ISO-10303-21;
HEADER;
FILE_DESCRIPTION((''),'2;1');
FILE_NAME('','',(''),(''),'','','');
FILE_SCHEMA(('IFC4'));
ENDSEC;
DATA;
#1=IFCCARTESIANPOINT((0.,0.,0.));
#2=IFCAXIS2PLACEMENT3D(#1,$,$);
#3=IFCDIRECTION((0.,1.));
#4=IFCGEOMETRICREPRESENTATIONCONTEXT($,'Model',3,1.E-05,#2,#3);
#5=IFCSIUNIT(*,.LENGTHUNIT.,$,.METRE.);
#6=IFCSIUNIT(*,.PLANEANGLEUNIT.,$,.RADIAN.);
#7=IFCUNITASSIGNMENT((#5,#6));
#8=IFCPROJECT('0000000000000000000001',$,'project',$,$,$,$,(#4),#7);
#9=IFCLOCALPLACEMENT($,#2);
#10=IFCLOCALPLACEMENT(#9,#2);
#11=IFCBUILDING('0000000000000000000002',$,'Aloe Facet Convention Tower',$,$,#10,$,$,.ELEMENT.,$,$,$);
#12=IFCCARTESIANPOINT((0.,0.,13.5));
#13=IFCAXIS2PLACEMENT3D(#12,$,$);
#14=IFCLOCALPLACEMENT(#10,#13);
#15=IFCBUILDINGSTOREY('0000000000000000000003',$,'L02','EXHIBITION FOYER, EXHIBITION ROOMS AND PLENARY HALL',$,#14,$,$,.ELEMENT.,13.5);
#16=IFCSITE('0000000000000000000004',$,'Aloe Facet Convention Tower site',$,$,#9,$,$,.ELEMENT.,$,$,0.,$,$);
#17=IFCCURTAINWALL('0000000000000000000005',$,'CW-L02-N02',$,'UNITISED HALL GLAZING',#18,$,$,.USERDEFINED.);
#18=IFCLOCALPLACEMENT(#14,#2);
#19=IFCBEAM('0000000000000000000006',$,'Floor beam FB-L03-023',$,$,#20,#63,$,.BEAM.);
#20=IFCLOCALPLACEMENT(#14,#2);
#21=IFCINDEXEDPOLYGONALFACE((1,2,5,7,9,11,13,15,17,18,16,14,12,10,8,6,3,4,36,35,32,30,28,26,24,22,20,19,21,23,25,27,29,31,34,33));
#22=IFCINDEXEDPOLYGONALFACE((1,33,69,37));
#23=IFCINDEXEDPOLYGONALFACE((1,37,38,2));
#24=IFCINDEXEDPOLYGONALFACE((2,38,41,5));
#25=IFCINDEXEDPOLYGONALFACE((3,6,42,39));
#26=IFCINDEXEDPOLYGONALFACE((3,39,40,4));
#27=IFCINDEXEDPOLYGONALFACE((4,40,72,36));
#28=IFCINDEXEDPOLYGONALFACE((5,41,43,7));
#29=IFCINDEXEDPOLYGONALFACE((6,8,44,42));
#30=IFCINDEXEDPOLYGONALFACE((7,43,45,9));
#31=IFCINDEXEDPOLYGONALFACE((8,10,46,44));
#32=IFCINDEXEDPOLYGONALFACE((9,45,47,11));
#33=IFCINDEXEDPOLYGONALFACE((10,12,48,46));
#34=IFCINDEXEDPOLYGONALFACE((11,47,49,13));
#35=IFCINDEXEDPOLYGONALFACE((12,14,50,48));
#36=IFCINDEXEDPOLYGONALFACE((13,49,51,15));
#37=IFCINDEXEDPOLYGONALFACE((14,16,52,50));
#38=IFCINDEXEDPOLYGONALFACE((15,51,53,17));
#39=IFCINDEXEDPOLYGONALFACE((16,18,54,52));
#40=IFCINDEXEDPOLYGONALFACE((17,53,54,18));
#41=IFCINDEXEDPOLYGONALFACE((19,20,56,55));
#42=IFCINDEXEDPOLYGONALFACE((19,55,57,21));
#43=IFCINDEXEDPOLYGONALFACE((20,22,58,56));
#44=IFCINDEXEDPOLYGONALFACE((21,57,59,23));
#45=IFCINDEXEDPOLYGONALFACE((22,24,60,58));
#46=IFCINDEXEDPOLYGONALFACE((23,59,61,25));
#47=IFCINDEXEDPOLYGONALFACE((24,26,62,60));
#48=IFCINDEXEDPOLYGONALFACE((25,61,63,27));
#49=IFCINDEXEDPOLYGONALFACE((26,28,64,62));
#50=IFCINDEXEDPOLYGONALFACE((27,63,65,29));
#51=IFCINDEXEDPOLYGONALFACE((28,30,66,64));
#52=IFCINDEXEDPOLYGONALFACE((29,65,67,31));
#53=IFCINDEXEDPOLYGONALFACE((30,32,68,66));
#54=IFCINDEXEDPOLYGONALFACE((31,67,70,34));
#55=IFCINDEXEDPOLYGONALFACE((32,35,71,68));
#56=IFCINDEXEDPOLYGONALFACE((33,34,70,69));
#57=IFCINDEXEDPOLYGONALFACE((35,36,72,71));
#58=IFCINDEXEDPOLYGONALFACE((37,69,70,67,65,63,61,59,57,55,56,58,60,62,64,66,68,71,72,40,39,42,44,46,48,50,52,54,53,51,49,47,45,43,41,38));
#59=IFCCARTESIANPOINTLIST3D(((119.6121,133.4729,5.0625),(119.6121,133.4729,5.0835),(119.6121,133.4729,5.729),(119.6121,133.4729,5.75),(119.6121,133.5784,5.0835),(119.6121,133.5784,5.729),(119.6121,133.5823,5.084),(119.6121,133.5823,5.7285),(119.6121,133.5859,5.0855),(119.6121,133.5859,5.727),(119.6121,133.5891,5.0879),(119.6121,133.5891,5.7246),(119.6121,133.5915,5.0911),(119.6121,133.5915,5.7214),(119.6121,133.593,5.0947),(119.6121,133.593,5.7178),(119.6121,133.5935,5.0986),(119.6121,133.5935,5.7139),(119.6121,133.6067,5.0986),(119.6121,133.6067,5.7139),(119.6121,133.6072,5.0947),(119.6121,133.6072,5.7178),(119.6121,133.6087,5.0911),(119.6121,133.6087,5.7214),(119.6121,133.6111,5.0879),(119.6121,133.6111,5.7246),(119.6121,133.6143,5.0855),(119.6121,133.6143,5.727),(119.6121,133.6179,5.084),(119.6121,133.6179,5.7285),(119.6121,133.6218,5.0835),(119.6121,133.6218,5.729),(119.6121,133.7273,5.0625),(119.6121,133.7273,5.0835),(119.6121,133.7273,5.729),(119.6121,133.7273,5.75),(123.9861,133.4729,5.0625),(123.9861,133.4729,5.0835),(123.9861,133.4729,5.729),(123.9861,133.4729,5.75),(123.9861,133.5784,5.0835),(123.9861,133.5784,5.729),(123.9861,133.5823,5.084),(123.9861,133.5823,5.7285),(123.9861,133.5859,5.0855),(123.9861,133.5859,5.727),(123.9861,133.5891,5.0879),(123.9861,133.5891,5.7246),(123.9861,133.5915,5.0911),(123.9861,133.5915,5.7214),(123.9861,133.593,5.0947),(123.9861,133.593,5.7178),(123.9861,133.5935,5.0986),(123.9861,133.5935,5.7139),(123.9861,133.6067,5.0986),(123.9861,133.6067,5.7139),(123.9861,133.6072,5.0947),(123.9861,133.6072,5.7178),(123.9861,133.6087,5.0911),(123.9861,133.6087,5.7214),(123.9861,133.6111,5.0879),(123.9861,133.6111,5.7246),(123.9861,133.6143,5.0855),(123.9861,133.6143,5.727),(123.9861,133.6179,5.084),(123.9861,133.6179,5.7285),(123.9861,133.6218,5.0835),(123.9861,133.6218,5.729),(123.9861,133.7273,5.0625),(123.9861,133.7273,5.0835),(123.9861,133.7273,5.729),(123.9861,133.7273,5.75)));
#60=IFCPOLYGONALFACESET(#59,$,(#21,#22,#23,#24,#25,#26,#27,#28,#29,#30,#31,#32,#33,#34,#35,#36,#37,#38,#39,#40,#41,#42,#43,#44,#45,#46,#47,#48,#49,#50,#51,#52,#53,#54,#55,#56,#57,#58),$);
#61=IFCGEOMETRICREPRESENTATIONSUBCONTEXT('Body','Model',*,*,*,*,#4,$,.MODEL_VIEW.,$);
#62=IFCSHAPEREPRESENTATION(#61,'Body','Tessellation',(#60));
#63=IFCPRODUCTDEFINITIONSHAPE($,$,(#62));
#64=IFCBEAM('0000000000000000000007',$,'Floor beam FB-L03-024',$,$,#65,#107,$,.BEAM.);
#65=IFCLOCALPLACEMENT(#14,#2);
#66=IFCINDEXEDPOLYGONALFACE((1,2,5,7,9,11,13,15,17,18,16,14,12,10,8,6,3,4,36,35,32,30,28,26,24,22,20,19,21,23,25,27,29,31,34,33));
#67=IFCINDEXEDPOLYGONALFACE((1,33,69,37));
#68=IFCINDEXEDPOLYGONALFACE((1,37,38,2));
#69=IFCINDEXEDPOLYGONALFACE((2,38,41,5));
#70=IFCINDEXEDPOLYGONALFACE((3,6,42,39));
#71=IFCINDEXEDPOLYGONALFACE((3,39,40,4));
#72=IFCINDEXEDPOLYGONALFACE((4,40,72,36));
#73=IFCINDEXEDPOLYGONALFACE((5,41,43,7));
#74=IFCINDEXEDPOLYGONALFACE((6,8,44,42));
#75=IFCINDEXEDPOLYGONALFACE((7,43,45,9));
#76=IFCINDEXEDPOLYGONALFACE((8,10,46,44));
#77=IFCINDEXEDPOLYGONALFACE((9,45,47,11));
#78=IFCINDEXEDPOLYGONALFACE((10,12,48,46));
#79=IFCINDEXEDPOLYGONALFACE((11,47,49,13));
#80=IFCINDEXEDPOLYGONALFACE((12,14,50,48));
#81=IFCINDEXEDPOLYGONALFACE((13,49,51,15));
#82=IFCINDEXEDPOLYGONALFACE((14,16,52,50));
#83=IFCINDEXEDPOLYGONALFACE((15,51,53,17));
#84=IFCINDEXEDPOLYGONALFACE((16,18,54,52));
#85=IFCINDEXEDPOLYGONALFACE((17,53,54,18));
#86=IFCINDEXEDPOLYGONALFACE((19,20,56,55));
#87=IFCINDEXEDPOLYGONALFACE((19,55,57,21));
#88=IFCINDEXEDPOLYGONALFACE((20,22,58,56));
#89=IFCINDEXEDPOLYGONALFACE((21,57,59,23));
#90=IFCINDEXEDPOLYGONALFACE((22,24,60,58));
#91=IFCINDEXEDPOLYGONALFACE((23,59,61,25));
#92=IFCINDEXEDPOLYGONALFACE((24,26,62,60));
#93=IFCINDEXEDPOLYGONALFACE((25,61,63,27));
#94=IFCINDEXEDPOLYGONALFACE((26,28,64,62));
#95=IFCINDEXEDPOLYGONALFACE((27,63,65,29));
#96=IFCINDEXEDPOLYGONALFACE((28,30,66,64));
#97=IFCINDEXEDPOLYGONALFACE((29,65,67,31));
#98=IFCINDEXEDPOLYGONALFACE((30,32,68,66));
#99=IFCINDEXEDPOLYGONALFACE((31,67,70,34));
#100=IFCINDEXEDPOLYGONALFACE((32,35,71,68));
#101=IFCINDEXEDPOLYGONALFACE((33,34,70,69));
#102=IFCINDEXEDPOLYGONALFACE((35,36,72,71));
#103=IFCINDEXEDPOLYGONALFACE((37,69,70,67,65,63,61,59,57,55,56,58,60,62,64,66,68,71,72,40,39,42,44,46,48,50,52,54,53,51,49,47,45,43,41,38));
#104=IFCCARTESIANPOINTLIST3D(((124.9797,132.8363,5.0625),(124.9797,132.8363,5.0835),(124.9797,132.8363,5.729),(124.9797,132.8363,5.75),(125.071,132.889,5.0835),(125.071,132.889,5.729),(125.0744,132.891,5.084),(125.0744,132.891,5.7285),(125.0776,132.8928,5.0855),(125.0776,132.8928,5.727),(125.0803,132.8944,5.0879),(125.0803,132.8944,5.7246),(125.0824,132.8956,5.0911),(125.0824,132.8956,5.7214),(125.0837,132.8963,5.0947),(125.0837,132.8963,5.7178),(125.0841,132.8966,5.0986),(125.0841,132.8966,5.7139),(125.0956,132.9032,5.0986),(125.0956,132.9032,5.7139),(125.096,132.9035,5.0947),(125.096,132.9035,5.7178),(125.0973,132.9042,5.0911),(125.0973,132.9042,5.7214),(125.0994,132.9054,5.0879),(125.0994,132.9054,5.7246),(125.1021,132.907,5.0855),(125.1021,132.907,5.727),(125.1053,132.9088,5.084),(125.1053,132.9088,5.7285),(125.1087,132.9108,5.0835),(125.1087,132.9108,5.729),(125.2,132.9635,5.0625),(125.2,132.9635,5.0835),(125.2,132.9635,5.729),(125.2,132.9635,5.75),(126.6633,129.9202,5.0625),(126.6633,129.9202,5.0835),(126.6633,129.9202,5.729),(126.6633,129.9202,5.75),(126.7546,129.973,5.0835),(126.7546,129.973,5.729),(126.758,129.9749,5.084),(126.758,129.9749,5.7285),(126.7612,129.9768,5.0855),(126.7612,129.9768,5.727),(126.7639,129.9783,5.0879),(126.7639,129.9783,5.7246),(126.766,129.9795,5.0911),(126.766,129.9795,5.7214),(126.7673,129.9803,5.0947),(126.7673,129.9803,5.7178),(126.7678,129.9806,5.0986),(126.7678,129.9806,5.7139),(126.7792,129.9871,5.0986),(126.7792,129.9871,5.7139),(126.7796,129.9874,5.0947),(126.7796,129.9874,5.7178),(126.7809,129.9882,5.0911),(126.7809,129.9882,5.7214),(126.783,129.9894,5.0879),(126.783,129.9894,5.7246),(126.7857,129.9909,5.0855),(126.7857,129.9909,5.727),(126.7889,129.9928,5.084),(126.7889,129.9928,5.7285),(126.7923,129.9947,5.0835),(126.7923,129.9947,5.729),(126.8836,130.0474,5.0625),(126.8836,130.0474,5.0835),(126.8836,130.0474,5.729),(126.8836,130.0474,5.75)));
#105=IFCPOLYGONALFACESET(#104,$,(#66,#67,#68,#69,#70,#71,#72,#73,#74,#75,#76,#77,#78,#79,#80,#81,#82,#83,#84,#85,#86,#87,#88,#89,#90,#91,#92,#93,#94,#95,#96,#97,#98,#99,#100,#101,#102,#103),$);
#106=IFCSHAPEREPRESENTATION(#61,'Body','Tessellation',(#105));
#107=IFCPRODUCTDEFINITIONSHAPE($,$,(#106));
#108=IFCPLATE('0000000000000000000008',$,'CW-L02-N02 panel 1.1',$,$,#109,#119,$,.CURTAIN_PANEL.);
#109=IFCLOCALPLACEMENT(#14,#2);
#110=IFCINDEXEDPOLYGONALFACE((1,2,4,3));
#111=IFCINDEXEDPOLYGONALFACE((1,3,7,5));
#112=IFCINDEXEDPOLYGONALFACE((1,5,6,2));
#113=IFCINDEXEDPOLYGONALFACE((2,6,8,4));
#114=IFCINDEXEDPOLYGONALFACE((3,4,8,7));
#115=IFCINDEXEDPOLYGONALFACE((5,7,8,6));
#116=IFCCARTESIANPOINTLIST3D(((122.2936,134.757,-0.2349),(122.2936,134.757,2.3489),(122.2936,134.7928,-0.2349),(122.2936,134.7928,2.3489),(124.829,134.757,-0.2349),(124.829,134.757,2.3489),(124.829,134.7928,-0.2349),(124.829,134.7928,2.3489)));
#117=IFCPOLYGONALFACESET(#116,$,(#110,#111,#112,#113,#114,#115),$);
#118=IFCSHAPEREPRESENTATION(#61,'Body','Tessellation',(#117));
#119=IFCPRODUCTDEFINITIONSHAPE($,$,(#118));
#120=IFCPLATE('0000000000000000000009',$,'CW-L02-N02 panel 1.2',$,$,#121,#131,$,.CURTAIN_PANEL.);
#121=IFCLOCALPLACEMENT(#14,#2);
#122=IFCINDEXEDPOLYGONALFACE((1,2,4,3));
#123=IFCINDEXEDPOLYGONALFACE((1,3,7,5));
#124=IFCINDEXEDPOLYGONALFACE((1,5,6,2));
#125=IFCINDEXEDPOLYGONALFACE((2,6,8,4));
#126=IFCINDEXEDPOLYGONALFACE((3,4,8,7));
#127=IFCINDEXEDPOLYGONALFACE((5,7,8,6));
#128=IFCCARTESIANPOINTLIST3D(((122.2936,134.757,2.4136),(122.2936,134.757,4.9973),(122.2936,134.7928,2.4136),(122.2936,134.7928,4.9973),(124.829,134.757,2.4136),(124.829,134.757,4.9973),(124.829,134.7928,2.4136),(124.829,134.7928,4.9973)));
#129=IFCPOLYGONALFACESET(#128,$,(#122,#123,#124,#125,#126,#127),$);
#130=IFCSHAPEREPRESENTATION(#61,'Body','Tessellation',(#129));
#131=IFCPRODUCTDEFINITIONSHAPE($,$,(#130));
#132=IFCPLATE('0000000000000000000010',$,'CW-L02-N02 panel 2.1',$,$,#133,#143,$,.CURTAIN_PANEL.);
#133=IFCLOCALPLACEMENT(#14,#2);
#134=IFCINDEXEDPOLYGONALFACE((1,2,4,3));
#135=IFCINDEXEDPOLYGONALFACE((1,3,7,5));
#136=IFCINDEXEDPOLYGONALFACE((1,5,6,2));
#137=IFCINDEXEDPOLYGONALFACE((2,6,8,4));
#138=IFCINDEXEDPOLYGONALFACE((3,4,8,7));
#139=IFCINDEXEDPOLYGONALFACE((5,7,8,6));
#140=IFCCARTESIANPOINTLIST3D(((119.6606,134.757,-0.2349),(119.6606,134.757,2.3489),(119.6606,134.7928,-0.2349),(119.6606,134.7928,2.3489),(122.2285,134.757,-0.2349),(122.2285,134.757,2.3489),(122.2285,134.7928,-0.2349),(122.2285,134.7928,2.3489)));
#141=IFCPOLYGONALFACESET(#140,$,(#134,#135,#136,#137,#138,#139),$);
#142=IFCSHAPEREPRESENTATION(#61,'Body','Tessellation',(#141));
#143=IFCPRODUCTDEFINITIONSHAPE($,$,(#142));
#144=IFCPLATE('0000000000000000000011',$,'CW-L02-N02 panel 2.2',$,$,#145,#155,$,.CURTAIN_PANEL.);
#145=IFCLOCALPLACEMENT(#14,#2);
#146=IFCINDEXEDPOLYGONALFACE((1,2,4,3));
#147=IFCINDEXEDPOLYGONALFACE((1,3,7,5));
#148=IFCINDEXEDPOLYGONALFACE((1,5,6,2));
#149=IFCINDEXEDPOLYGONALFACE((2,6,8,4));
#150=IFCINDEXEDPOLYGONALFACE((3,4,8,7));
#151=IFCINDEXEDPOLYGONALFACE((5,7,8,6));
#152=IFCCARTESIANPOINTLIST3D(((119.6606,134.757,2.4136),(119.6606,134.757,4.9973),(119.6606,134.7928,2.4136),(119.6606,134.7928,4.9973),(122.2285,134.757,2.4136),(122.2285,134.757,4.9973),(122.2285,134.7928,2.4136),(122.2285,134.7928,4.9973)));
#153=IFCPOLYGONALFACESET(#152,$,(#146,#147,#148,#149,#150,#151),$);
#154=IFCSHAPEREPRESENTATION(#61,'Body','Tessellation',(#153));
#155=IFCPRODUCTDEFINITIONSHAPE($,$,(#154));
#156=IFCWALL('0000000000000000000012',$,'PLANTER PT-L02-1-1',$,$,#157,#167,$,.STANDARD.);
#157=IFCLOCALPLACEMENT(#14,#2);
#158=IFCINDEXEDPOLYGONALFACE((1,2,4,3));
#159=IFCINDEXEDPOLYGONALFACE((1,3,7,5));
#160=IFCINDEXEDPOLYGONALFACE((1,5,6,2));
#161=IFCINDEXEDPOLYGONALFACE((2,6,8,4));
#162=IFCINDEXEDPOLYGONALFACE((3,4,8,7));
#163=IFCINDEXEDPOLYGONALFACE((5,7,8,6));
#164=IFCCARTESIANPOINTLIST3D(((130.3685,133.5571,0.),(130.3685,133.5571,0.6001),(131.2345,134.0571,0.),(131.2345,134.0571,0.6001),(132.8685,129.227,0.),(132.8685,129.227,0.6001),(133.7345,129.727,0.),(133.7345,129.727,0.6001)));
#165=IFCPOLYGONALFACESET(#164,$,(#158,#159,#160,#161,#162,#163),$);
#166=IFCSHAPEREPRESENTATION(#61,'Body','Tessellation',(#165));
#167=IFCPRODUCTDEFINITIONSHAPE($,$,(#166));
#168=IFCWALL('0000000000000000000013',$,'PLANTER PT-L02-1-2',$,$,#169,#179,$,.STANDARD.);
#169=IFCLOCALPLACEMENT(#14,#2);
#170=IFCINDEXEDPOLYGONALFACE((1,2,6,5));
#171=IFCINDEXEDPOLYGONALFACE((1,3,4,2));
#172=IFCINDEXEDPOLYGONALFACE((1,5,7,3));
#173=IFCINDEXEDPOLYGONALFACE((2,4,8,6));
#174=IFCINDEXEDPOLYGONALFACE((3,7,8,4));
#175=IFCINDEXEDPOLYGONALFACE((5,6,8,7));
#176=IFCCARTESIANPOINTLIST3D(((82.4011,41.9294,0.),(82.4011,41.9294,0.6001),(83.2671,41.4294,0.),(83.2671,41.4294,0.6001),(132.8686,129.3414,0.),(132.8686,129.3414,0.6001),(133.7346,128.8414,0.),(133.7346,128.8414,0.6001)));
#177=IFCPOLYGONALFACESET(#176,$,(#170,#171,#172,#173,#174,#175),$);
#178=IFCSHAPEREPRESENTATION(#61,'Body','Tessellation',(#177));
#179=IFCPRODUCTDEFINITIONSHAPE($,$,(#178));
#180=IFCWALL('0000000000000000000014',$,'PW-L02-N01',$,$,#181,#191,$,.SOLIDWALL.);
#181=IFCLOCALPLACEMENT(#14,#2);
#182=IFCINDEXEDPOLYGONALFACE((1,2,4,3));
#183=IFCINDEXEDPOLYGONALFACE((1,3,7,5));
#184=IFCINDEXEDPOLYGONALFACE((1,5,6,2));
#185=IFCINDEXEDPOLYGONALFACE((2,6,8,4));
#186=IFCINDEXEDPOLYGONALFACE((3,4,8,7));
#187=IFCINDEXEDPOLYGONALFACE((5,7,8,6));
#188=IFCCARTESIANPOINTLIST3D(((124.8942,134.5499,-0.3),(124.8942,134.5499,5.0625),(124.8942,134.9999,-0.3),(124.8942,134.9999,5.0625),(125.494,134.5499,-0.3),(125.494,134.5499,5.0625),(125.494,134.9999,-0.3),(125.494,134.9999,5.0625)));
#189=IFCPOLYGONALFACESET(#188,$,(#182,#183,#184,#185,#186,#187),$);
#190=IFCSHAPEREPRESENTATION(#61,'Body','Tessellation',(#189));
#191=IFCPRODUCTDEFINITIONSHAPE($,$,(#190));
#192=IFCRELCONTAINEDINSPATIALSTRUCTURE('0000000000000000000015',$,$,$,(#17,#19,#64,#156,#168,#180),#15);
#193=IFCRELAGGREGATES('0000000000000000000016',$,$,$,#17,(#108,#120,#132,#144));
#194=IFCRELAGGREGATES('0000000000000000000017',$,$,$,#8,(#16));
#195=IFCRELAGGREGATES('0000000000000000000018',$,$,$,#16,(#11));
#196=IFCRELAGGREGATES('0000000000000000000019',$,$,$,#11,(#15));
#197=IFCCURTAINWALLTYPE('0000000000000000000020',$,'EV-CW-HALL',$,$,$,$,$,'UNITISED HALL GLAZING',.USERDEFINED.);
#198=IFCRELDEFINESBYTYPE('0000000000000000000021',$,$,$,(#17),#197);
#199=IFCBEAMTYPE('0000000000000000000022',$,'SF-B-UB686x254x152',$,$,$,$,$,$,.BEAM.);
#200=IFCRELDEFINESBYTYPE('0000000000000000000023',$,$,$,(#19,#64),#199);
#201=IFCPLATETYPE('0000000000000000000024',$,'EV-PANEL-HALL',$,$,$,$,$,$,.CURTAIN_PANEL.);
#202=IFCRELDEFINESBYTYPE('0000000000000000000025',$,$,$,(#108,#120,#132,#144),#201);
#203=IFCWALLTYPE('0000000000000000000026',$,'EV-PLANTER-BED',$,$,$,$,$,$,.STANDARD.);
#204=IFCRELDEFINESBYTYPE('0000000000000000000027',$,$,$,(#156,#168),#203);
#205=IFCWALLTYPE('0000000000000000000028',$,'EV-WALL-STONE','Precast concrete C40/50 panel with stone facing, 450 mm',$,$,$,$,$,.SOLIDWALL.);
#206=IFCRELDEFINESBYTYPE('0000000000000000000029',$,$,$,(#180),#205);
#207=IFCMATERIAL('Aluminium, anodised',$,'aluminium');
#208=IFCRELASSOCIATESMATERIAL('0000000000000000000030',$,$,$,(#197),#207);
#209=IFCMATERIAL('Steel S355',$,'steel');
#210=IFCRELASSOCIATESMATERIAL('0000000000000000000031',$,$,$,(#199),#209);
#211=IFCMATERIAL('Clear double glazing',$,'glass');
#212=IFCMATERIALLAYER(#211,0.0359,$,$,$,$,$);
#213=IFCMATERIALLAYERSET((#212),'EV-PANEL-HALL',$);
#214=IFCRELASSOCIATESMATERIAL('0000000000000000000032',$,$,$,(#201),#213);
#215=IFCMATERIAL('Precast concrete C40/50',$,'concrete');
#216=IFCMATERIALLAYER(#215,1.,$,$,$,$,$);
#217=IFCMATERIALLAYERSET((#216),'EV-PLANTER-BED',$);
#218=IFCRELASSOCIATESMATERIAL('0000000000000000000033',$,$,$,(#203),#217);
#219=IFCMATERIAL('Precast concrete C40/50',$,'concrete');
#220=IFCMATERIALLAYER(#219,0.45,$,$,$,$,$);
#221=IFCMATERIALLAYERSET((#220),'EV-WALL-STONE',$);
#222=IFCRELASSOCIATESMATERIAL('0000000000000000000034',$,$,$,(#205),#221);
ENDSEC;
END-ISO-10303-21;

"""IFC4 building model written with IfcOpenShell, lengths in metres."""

from ifc_helpers import new_model, si_unit, direction, frame, frame_2d, origin, origin_2d, place, context, subcontext, project, spatial, rectangle, i_section, extrude, material, layer, layer_set, material_profile, profile_set, type_object, element, aggregate, save


model = new_model("IFC4")

# Units and contexts
model_context = context("Model", 3, precision=1e-05, world=origin(), true_north=direction((0.0, 1.0)))
body_context = subcontext(model_context, "Body", "Model", "MODEL_VIEW")
ifc_project = project(units=[si_unit("LENGTHUNIT", "METRE"), si_unit("PLANEANGLEUNIT", "RADIAN")], contexts=[model_context])

# Site, building, storey
site_placement = place(None, origin())
site = spatial("IfcSite", under=ifc_project, at=site_placement, Name="Aloe Facet Convention Tower site", CompositionType="ELEMENT", RefElevation=0.0)
building_placement = place(site_placement, origin())
building = spatial("IfcBuilding", under=site, at=building_placement, Name="Aloe Facet Convention Tower", CompositionType="ELEMENT")
storey_placement = place(building_placement, frame((0.0, 0.0, 13.5)))
storey = spatial("IfcBuildingStorey", under=building, at=storey_placement, Name="L02", Description="EXHIBITION FOYER, EXHIBITION ROOMS AND PLENARY HALL", CompositionType="ELEMENT", Elevation=13.5)

# Curtain wall
ifc_material_1 = material(Name="Aluminium, anodised", Category="aluminium")
curtain_wall_type = type_object("IfcCurtainWallType", Name="EV-CW-HALL", ElementType="UNITISED HALL GLAZING", PredefinedType="USERDEFINED", material=ifc_material_1)
curtain_wall_placement = place(storey_placement, origin())
curtain_wall = element("IfcCurtainWall", 1, at=curtain_wall_placement, inside=storey, type_object=curtain_wall_type, Name="CW-L02-N02", ObjectType="UNITISED HALL GLAZING", PredefinedType="USERDEFINED")

# Beams
ifc_material_2 = material(Name="Steel S355", Category="steel")
ifc_material_profile_1 = material_profile(ifc_material_2, i_section(OverallWidth=0.2544, OverallDepth=0.6875, WebThickness=0.0132, FlangeThickness=0.021, FilletRadius=0.0151, at=origin_2d()), Name="UB 686x254x152")
ifc_profile_set_1 = profile_set([ifc_material_profile_1], Name="Steel S355")
beam_type_1 = type_object("IfcBeamType", Name="SF-B-UB686x254x152", PredefinedType="BEAM", material=ifc_profile_set_1)
beam_1_placement = place(storey_placement, frame((119.6121, 133.6001, 5.4062), z_axis=(1.0, 0.0, 0.0), x_axis=(0.0, 1.0, 0.0)))
element("IfcBeam", 2, at=beam_1_placement, inside=storey, type_object=beam_type_1, Name="Floor beam FB-L03-023", PredefinedType="BEAM", context=body_context, shape_type="SweptSolid", body=[
    extrude(i_section(OverallWidth=0.2544, OverallDepth=0.6875, WebThickness=0.0132, FlangeThickness=0.021, FilletRadius=0.0151, at=origin_2d()), origin(), (0.0, 0.0, 1.0), 4.374),
])
beam_2_placement = place(storey_placement, frame((125.0898, 132.8999, 5.4062), z_axis=(0.500007, -0.866021, 0.0), x_axis=(0.866021, 0.500007, 0.0)))
element("IfcBeam", 3, at=beam_2_placement, inside=storey, type_object=beam_type_1, Name="Floor beam FB-L03-024", PredefinedType="BEAM", context=body_context, shape_type="SweptSolid", body=[
    extrude(i_section(OverallWidth=0.2544, OverallDepth=0.6875, WebThickness=0.0132, FlangeThickness=0.021, FilletRadius=0.0151, at=origin_2d()), origin(), (0.0, 0.0, 1.0), 3.3672),
])

# Plates
ifc_material_3 = material(Name="Clear double glazing", Category="glass")
ifc_layer_1 = layer(ifc_material_3, 0.0359)
ifc_layer_set_1 = layer_set([ifc_layer_1], Name="EV-PANEL-HALL")
plate_type = type_object("IfcPlateType", Name="EV-PANEL-HALL", PredefinedType="CURTAIN_PANEL", material=ifc_layer_set_1)
plate_1_placement = place(storey_placement, frame((123.5613, 134.7749, -0.2349), z_axis=(0.0, 0.0, 1.0), x_axis=(-1.0, 0.0, 0.0)))
plate_1 = element("IfcPlate", 4, at=plate_1_placement, type_object=plate_type, Name="CW-L02-N02 panel 1.1", PredefinedType="CURTAIN_PANEL", context=body_context, shape_type="SweptSolid", body=[
    extrude(rectangle(XDim=2.5354, YDim=0.0359, at=origin_2d()), origin(), (0.0, 0.0, 1.0), 2.5837),
])
plate_2_placement = place(storey_placement, frame((123.5613, 134.7749, 2.4136), z_axis=(0.0, 0.0, 1.0), x_axis=(-1.0, 0.0, 0.0)))
plate_2 = element("IfcPlate", 5, at=plate_2_placement, type_object=plate_type, Name="CW-L02-N02 panel 1.2", PredefinedType="CURTAIN_PANEL", context=body_context, shape_type="SweptSolid", body=[
    extrude(rectangle(XDim=2.5354, YDim=0.0359, at=origin_2d()), origin(), (0.0, 0.0, 1.0), 2.5837),
])
plate_3_placement = place(storey_placement, frame((120.9446, 134.7749, -0.2349), z_axis=(0.0, 0.0, 1.0), x_axis=(-1.0, 0.0, 0.0)))
plate_3 = element("IfcPlate", 6, at=plate_3_placement, type_object=plate_type, Name="CW-L02-N02 panel 2.1", PredefinedType="CURTAIN_PANEL", context=body_context, shape_type="SweptSolid", body=[
    extrude(rectangle(XDim=2.5679, YDim=0.0359, at=origin_2d()), origin(), (0.0, 0.0, 1.0), 2.5837),
])
plate_4_placement = place(storey_placement, frame((120.9446, 134.7749, 2.4136), z_axis=(0.0, 0.0, 1.0), x_axis=(-1.0, 0.0, 0.0)))
plate_4 = element("IfcPlate", 7, at=plate_4_placement, type_object=plate_type, Name="CW-L02-N02 panel 2.2", PredefinedType="CURTAIN_PANEL", context=body_context, shape_type="SweptSolid", body=[
    extrude(rectangle(XDim=2.5679, YDim=0.0359, at=origin_2d()), origin(), (0.0, 0.0, 1.0), 2.5837),
])
aggregate(curtain_wall, [plate_1, plate_2, plate_3, plate_4])

# Walls
ifc_material_4 = material(Name="Precast concrete C40/50", Category="concrete")
ifc_layer_2 = layer(ifc_material_4, 1.0)
ifc_layer_set_2 = layer_set([ifc_layer_2], Name="EV-PLANTER-BED")
wall_type_1 = type_object("IfcWallType", Name="EV-PLANTER-BED", PredefinedType="STANDARD", material=ifc_layer_set_2)
wall_1_placement = place(storey_placement, frame((130.8015, 133.8071, 0.0), z_axis=(0.0, 0.0, 1.0), x_axis=(0.500004, -0.866023, 0.0)))
element("IfcWall", 8, at=wall_1_placement, inside=storey, type_object=wall_type_1, Name="PLANTER PT-L02-1-1", PredefinedType="STANDARD", context=body_context, shape_type="SweptSolid", body=[
    extrude(rectangle(XDim=5.0, YDim=1.0, at=frame_2d((2.5, 0.0))), origin(), (0.0, 0.0, 1.0), 0.6001),
])
wall_2_placement = place(storey_placement, frame((133.3015, 129.0913, 0.0), z_axis=(0.0, 0.0, 1.0), x_axis=(-0.500001, -0.866025, 0.0)))
element("IfcWall", 9, at=wall_2_placement, inside=storey, type_object=wall_type_1, Name="PLANTER PT-L02-1-2", PredefinedType="STANDARD", context=body_context, shape_type="SweptSolid", body=[
    extrude(rectangle(XDim=100.9348, YDim=1.0, at=frame_2d((50.4673, 0.0))), origin(), (0.0, 0.0, 1.0), 0.6001),
])
ifc_material_5 = material(Name="Precast concrete C40/50", Category="concrete")
ifc_layer_3 = layer(ifc_material_5, 0.45)
ifc_layer_set_3 = layer_set([ifc_layer_3], Name="EV-WALL-STONE")
wall_type_2 = type_object("IfcWallType", Name="EV-WALL-STONE", Description="Precast concrete C40/50 panel with stone facing, 450 mm", PredefinedType="SOLIDWALL", material=ifc_layer_set_3)
wall_3_placement = place(storey_placement, frame((125.4939, 134.7749, -0.3), z_axis=(0.0, 0.0, 1.0), x_axis=(-1.0, 0.0, 0.0)))
element("IfcWall", 10, at=wall_3_placement, inside=storey, type_object=wall_type_2, Name="PW-L02-N01", PredefinedType="SOLIDWALL", context=body_context, shape_type="SweptSolid", body=[
    extrude(rectangle(XDim=0.5999, YDim=0.45, at=frame_2d((0.2998, 0.0))), origin(), (0.0, 0.0, 1.0), 5.3625),
])

save(model, "model.ifc")
